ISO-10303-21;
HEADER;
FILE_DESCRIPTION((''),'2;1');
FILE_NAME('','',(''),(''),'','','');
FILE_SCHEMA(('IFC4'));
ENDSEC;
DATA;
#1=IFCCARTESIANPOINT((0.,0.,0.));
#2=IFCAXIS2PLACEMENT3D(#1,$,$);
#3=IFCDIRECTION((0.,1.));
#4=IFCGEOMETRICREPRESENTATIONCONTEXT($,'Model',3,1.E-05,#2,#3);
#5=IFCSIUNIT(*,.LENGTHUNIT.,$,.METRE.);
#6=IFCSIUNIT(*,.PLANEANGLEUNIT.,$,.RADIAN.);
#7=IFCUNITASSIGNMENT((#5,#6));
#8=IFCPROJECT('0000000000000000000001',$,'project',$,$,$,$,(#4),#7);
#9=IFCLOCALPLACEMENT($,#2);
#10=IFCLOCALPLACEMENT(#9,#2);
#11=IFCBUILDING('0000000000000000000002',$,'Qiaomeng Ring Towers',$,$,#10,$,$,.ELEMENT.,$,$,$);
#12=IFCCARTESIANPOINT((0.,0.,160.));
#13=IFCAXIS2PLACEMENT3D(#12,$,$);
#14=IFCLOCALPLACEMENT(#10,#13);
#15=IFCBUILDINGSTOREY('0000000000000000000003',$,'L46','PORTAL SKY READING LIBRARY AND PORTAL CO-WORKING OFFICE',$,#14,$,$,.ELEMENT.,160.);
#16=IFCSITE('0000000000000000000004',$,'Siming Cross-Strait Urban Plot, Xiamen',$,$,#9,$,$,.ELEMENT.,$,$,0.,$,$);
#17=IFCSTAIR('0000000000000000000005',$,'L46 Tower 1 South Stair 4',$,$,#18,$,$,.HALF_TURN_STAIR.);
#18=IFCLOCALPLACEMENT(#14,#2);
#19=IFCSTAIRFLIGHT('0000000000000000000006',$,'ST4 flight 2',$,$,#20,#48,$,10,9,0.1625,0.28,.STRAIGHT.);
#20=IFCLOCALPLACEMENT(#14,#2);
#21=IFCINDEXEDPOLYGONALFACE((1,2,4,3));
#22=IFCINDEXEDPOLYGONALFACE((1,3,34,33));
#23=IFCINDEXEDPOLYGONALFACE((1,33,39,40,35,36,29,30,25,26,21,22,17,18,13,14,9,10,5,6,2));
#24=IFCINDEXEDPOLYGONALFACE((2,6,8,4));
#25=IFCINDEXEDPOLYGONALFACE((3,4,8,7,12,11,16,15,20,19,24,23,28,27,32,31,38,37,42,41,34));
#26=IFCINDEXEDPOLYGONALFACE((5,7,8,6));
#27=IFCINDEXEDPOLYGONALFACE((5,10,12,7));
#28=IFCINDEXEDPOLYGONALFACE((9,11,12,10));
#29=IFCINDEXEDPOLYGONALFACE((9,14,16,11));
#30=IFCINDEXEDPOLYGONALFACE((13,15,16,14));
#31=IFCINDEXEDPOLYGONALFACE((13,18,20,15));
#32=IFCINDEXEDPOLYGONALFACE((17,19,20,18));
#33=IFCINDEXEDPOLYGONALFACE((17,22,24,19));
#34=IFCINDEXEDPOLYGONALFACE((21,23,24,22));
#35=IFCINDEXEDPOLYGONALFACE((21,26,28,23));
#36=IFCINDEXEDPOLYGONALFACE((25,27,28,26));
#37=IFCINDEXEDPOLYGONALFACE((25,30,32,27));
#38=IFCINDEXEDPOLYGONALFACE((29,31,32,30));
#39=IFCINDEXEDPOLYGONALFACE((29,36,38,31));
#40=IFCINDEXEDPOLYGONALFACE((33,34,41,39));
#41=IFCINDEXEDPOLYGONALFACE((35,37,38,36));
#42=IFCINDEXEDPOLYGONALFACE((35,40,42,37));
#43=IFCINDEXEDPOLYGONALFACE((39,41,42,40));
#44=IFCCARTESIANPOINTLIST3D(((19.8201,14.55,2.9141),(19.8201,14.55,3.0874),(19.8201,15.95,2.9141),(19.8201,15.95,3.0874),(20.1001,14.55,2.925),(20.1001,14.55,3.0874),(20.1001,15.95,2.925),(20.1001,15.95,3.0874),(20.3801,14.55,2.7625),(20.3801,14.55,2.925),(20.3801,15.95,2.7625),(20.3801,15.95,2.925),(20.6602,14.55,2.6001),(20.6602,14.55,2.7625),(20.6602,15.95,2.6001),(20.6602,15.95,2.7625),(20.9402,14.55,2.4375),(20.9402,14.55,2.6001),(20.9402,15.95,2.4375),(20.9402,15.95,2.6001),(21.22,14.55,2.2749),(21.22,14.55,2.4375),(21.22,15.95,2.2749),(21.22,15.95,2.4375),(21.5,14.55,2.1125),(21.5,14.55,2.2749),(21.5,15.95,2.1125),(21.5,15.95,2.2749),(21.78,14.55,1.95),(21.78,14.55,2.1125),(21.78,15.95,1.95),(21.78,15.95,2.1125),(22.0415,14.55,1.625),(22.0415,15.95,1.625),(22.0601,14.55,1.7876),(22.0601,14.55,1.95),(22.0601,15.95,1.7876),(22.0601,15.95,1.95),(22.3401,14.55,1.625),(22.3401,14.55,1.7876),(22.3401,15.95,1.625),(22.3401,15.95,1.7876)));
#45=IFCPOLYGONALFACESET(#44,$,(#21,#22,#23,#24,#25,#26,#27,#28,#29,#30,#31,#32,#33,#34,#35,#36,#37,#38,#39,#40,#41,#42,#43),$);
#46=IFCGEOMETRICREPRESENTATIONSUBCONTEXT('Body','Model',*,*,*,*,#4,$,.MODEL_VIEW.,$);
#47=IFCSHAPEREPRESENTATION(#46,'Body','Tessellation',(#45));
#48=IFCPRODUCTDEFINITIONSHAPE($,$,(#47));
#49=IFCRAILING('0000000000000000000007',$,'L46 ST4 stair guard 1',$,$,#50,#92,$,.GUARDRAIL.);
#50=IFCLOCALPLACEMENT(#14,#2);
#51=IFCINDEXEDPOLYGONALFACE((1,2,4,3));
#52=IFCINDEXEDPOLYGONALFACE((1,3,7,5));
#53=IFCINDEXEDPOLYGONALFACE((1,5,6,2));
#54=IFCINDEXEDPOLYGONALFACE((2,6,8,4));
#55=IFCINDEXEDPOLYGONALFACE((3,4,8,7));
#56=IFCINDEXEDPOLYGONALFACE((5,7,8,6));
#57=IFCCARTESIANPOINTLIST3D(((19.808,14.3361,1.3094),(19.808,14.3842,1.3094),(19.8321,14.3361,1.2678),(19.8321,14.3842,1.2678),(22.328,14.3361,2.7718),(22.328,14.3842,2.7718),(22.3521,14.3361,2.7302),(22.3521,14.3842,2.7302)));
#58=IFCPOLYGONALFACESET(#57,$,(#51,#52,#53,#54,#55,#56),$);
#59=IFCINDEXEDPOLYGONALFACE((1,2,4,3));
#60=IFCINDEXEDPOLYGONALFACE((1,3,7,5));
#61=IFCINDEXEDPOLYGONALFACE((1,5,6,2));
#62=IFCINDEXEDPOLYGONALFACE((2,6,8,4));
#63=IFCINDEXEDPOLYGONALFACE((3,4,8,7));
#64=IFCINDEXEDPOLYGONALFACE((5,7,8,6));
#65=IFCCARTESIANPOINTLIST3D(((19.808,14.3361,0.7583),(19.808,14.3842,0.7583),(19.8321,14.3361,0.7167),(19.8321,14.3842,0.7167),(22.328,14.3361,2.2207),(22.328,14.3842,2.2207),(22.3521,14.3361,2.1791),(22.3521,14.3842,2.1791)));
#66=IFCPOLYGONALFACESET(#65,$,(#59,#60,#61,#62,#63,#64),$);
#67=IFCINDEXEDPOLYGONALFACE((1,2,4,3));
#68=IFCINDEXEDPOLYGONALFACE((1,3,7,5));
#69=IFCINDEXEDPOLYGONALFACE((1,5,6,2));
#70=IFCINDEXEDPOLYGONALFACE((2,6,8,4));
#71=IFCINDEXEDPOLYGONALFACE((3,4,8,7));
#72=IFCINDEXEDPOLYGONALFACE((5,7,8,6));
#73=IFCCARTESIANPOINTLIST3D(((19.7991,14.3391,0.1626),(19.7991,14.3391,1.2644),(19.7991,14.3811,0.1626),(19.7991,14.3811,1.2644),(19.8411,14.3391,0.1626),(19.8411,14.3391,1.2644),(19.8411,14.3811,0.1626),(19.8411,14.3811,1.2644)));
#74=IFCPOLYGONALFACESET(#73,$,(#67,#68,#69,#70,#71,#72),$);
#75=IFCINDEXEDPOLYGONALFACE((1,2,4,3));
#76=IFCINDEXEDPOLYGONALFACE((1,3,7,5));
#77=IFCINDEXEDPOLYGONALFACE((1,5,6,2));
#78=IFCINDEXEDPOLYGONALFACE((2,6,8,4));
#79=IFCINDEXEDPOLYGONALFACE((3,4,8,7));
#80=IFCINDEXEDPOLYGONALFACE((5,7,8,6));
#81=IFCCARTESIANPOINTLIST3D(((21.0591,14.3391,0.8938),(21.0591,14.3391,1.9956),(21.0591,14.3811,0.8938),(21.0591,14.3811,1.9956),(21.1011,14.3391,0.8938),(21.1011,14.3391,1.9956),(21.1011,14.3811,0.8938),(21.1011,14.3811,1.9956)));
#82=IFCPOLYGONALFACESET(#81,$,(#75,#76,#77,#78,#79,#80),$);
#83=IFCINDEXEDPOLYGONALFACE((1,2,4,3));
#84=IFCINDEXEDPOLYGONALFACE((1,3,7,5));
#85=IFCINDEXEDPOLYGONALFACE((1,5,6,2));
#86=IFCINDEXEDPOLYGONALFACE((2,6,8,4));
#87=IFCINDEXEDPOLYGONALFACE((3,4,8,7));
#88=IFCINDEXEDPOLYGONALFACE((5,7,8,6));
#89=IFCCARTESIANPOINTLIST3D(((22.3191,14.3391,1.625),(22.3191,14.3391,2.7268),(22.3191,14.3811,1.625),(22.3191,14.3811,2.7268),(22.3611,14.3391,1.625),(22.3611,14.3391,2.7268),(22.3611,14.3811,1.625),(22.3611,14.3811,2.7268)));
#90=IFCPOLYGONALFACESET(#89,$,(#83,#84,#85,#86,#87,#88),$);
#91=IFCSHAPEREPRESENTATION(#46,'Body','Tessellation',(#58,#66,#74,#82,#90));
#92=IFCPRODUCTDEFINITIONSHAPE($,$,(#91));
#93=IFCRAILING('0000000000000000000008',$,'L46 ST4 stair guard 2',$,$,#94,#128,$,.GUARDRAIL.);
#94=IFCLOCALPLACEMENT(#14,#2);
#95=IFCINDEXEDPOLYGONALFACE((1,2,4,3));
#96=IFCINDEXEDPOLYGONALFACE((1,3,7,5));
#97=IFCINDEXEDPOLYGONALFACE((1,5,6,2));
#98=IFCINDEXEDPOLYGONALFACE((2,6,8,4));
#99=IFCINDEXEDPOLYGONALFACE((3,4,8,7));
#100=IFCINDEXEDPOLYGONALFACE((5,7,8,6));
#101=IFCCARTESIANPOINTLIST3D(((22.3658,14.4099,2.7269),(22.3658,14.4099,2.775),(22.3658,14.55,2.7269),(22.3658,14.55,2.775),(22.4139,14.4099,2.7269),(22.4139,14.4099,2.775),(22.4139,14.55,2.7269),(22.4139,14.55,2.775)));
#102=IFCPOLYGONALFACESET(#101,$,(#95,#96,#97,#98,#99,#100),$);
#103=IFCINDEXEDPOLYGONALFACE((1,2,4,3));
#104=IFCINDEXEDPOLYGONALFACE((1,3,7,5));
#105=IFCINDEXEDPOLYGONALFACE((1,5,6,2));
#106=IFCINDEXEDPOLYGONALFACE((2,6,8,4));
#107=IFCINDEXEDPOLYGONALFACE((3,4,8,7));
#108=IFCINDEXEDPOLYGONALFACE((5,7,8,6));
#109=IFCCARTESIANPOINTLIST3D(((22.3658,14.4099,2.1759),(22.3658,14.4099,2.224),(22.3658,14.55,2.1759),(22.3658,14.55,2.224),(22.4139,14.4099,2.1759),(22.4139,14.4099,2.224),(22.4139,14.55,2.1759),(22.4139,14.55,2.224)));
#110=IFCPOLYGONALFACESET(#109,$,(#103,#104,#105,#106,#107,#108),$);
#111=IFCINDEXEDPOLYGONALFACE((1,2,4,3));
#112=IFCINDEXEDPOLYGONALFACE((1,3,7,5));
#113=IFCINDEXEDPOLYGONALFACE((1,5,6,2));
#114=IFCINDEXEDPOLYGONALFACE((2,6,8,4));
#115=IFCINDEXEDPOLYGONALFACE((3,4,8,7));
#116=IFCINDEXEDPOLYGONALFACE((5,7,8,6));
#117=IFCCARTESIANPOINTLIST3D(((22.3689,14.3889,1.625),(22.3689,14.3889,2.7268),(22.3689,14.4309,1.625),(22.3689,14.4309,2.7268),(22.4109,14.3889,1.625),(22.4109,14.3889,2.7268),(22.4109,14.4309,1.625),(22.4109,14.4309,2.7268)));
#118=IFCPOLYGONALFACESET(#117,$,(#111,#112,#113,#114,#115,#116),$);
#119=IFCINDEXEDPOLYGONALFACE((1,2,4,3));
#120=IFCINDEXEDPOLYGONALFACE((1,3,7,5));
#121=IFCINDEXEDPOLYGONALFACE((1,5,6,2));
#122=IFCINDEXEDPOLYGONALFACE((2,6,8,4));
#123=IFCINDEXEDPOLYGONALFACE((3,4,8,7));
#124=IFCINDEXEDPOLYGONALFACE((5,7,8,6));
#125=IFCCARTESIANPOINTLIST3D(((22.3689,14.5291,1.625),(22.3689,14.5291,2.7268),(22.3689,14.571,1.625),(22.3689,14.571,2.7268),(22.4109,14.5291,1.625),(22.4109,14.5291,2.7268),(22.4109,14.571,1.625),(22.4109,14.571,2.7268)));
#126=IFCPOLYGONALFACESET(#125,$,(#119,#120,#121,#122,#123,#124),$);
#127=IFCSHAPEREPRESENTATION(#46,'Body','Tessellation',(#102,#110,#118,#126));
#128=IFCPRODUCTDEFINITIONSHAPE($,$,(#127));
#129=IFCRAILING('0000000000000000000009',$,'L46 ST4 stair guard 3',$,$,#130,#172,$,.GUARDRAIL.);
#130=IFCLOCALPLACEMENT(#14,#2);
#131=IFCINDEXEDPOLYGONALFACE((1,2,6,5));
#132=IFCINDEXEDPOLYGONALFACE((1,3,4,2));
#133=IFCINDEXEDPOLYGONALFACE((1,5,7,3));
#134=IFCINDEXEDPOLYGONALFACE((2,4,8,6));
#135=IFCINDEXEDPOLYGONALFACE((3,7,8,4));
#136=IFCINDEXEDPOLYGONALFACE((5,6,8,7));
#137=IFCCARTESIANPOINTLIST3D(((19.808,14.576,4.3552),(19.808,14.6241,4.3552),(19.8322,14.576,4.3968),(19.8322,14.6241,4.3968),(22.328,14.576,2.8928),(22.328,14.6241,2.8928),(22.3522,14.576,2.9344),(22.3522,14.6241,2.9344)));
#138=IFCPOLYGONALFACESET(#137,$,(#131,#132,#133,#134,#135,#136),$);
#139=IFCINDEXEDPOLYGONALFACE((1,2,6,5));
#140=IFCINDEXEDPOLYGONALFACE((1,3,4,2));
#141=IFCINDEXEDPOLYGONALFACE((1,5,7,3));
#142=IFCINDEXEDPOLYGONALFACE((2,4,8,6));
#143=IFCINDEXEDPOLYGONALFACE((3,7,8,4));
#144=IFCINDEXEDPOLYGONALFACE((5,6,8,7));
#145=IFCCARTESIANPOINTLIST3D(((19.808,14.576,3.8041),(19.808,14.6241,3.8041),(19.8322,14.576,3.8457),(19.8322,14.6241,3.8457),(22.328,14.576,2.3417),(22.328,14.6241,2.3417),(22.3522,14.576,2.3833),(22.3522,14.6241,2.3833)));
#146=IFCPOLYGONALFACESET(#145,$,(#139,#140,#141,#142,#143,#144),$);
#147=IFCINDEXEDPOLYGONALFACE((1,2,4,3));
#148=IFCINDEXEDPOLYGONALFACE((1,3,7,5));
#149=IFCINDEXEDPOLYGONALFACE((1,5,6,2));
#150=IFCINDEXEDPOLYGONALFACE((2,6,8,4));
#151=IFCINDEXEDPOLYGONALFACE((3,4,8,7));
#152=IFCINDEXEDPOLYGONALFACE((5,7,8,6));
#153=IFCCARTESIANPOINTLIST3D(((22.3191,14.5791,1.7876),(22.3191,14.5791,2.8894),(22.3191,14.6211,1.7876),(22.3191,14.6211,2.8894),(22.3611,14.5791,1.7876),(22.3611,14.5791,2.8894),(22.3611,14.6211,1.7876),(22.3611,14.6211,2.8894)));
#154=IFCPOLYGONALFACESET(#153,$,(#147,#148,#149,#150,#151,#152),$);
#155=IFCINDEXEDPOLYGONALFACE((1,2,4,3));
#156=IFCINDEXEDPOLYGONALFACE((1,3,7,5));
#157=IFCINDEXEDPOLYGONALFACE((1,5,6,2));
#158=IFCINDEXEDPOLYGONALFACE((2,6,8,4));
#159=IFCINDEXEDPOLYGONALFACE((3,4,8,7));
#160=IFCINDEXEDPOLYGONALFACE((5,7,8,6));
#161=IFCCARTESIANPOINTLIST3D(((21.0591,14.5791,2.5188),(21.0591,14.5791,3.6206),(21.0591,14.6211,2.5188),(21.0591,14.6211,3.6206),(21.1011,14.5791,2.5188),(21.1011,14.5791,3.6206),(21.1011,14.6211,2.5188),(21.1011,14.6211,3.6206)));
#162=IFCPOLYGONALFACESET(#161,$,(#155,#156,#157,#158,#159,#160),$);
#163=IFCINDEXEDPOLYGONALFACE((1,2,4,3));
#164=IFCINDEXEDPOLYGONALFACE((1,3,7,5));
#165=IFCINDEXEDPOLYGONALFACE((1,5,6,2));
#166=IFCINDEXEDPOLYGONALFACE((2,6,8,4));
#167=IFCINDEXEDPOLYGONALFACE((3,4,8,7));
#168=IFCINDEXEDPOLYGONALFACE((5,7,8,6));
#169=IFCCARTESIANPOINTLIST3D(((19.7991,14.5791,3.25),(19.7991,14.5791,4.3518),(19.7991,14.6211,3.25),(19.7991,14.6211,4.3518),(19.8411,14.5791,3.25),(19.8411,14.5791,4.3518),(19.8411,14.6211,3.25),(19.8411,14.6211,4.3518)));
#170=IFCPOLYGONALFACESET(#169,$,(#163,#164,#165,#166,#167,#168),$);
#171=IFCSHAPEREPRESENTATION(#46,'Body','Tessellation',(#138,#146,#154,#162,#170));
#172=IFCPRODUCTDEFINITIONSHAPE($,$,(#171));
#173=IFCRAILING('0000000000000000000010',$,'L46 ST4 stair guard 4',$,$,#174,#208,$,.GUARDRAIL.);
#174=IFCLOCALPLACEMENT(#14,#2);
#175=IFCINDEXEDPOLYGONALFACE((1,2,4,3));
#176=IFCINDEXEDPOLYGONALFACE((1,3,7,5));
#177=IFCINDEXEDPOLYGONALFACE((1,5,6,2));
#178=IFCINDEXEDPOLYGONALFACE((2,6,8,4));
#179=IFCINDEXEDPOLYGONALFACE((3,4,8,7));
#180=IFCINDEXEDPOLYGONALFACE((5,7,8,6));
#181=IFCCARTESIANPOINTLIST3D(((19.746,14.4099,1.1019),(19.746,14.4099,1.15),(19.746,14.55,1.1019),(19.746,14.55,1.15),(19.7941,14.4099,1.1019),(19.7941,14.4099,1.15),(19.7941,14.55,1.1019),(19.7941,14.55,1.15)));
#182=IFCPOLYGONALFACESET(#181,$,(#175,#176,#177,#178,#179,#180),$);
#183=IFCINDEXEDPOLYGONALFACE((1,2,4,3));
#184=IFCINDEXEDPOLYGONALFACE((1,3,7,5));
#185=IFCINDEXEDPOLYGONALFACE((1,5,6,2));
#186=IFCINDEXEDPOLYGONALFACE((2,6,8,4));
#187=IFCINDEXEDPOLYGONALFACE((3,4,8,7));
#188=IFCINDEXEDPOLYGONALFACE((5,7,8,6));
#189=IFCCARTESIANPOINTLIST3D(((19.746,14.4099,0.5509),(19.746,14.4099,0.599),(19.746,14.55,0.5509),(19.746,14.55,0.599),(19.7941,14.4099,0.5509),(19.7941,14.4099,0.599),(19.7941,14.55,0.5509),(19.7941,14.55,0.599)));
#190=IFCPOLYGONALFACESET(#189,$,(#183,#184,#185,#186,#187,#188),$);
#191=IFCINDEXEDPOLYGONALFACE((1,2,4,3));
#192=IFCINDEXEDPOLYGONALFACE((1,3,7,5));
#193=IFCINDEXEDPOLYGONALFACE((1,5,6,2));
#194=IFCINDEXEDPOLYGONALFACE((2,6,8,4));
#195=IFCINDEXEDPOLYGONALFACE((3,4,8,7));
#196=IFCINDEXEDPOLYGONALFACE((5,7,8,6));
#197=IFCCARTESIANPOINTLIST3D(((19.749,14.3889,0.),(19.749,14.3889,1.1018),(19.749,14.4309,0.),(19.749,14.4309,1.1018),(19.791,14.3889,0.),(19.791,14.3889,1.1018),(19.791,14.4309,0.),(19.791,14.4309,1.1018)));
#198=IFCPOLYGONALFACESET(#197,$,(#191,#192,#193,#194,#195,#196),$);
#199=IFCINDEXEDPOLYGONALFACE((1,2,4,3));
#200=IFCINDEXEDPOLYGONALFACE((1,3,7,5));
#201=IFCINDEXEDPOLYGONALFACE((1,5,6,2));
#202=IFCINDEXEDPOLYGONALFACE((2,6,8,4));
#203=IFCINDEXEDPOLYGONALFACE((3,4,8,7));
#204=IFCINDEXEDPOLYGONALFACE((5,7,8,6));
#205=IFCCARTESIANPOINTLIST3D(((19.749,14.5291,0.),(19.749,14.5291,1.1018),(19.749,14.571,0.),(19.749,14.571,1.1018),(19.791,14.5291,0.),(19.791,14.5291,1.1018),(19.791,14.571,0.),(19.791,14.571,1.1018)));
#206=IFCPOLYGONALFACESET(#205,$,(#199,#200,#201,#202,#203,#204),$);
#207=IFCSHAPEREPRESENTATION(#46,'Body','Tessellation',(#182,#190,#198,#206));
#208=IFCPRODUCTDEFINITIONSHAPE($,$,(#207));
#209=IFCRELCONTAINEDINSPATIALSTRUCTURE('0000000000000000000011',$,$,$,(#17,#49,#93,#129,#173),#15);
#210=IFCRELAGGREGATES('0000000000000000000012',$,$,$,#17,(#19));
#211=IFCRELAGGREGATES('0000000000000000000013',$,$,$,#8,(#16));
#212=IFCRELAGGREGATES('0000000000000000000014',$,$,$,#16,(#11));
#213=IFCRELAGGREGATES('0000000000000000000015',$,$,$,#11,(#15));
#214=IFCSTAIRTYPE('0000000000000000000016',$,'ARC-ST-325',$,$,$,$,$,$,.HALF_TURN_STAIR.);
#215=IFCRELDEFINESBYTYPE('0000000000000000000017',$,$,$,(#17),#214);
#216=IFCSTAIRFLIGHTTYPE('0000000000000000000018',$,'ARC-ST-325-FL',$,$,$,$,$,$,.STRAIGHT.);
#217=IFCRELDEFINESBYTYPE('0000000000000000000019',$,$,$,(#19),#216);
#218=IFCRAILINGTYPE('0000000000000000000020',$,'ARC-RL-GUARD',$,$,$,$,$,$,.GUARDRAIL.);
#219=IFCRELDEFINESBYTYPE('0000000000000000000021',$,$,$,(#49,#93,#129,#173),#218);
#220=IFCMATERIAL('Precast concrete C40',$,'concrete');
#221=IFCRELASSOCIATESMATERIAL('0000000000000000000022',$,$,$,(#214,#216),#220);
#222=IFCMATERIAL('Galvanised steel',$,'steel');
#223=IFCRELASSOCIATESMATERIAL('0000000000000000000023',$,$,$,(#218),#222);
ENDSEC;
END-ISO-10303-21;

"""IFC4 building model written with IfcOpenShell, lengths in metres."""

from ifc_helpers import new_model, si_unit, direction, frame, origin, origin_2d, place, context, subcontext, project, spatial, polyline, rectangle, outline, extrude, source, transform, mapped, material, type_object, element, aggregate, save


model = new_model("IFC4")

# Units and contexts
model_context = context("Model", 3, precision=1e-05, world=origin(), true_north=direction((0.0, 1.0)))
body_context = subcontext(model_context, "Body", "Model", "MODEL_VIEW")
ifc_project = project(units=[si_unit("LENGTHUNIT", "METRE"), si_unit("PLANEANGLEUNIT", "RADIAN")], contexts=[model_context])

# Site, building, storey
site_placement = place(None, origin())
site = spatial("IfcSite", under=ifc_project, at=site_placement, Name="Siming Cross-Strait Urban Plot, Xiamen", CompositionType="ELEMENT", RefElevation=0.0)
building_placement = place(site_placement, origin())
building = spatial("IfcBuilding", under=site, at=building_placement, Name="Qiaomeng Ring Towers", CompositionType="ELEMENT")
storey_placement = place(building_placement, frame((0.0, 0.0, 160.0)))
storey = spatial("IfcBuildingStorey", under=building, at=storey_placement, Name="L46", Description="PORTAL SKY READING LIBRARY AND PORTAL CO-WORKING OFFICE", CompositionType="ELEMENT", Elevation=160.0)

# Shared definitions
ifc_material_1 = material(Name="Galvanised steel", Category="steel")

# Stair, stair flight
ifc_material_2 = material(Name="Precast concrete C40", Category="concrete")
stair_type = type_object("IfcStairType", Name="ARC-ST-325", PredefinedType="HALF_TURN_STAIR", material=ifc_material_2)
stair_placement = place(storey_placement, origin())
stair = element("IfcStair", 1, at=stair_placement, inside=storey, type_object=stair_type, Name="L46 Tower 1 South Stair 4", PredefinedType="HALF_TURN_STAIR")
stair_flight_type = type_object("IfcStairFlightType", Name="ARC-ST-325-FL", PredefinedType="STRAIGHT", material=ifc_material_2)
shared_shape_1 = source(origin(), body_context, "Body", "SweptSolid", [
    extrude(outline(polyline([(0.0, 0.0), (0.0, 0.1626), (0.28, 0.1626), (0.28, 0.325), (0.5601, 0.325), (0.5601, 0.4875), (0.8401, 0.4875), (0.8401, 0.6499), (1.1201, 0.6499), (1.1201, 0.8125), (1.3999, 0.8125), (1.3999, 0.9751), (1.6799, 0.9751), (1.6799, 1.1375), (1.96, 1.1375), (1.96, 1.3), (2.24, 1.3), (2.24, 1.4624), (2.52, 1.4624), (2.52, 1.625), (2.52, 1.2891), (0.2986, 0.0), (0.0, 0.0)])), frame((0.0, 0.7, 0.0), z_axis=(0.0, -1.0, 0.0), x_axis=(1.0, 0.0, 0.0)), (0.0, 0.0, 1.0), 1.3999),
])
stair_flight_1_placement = place(storey_placement, frame((22.3401, 15.25, 1.625), z_axis=(0.0, 0.0, 1.0), x_axis=(-1.0, 0.0, 0.0)))
stair_flight_1 = element("IfcStairFlight", 2, at=stair_flight_1_placement, type_object=stair_flight_type, Name="ST4 flight 2", NumberOfRisers=10, NumberOfTreads=9, PredefinedType="STRAIGHT", RiserHeight=0.1625, TreadLength=0.28, context=body_context, shape_type="MappedRepresentation", body=[
    mapped(shared_shape_1, transform((0.0, 0.0, 0.0), x_axis=(1.0, 0.0, 0.0), y_axis=(0.0, 1.0, 0.0), z_axis=(0.0, 0.0, 1.0), scale=1.0)),
])
aggregate(stair, [stair_flight_1])

# Railings
railing_type_1 = type_object("IfcRailingType", Name="ARC-RL-GUARD", PredefinedType="GUARDRAIL", material=ifc_material_1)
railing_1_placement = place(storey_placement, frame((19.8201, 14.3601, 0.1626)))
element("IfcRailing", 3, at=railing_1_placement, inside=storey, type_object=railing_type_1, Name="L46 ST4 stair guard 1", PredefinedType="GUARDRAIL", context=body_context, shape_type="SweptSolid", body=[
    extrude(rectangle(XDim=0.0481, YDim=0.0481, at=origin_2d()), frame((0.0, 0.0, 1.126), z_axis=(0.864913, 0.0, 0.501921), x_axis=(0.0, 1.0, 0.0)), (0.0, 0.0, 1.0), 2.9136),
    extrude(rectangle(XDim=0.0481, YDim=0.0481, at=origin_2d()), frame((0.0, 0.0, 0.575), z_axis=(0.864913, 0.0, 0.501921), x_axis=(0.0, 1.0, 0.0)), (0.0, 0.0, 1.0), 2.9136),
    extrude(rectangle(XDim=0.042, YDim=0.042, at=origin_2d()), origin(), (0.0, 0.0, 1.0), 1.1018),
    extrude(rectangle(XDim=0.042, YDim=0.042, at=origin_2d()), frame((1.26, 0.0, 0.7312)), (0.0, 0.0, 1.0), 1.1018),
    extrude(rectangle(XDim=0.042, YDim=0.042, at=origin_2d()), frame((2.52, 0.0, 1.4624)), (0.0, 0.0, 1.0), 1.1018),
])
railing_2_placement = place(storey_placement, frame((22.3899, 14.4099, 1.625)))
element("IfcRailing", 4, at=railing_2_placement, inside=storey, type_object=railing_type_1, Name="L46 ST4 stair guard 2", PredefinedType="GUARDRAIL", context=body_context, shape_type="SweptSolid", body=[
    extrude(rectangle(XDim=0.0481, YDim=0.0481, at=origin_2d()), frame((0.0, 0.0, 1.126), z_axis=(0.0, 1.0, 0.0), x_axis=(-1.0, 0.0, 0.0)), (0.0, 0.0, 1.0), 0.1401),
    extrude(rectangle(XDim=0.0481, YDim=0.0481, at=origin_2d()), frame((0.0, 0.0, 0.575), z_axis=(0.0, 1.0, 0.0), x_axis=(-1.0, 0.0, 0.0)), (0.0, 0.0, 1.0), 0.1401),
    extrude(rectangle(XDim=0.042, YDim=0.042, at=origin_2d()), origin(), (0.0, 0.0, 1.0), 1.1018),
    extrude(rectangle(XDim=0.042, YDim=0.042, at=origin_2d()), frame((0.0, 0.1401, 0.0)), (0.0, 0.0, 1.0), 1.1018),
])
railing_3_placement = place(storey_placement, frame((22.3401, 14.6001, 1.7876)))
element("IfcRailing", 5, at=railing_3_placement, inside=storey, type_object=railing_type_1, Name="L46 ST4 stair guard 3", PredefinedType="GUARDRAIL", context=body_context, shape_type="SweptSolid", body=[
    extrude(rectangle(XDim=0.0481, YDim=0.0481, at=origin_2d()), frame((0.0, 0.0, 1.126), z_axis=(-0.864913, 0.0, 0.501921), x_axis=(0.0, -1.0, 0.0)), (0.0, 0.0, 1.0), 2.9136),
    extrude(rectangle(XDim=0.0481, YDim=0.0481, at=origin_2d()), frame((0.0, 0.0, 0.575), z_axis=(-0.864913, 0.0, 0.501921), x_axis=(0.0, -1.0, 0.0)), (0.0, 0.0, 1.0), 2.9136),
    extrude(rectangle(XDim=0.042, YDim=0.042, at=origin_2d()), origin(), (0.0, 0.0, 1.0), 1.1018),
    extrude(rectangle(XDim=0.042, YDim=0.042, at=origin_2d()), frame((-1.26, 0.0, 0.7312)), (0.0, 0.0, 1.0), 1.1018),
    extrude(rectangle(XDim=0.042, YDim=0.042, at=origin_2d()), frame((-2.52, 0.0, 1.4624)), (0.0, 0.0, 1.0), 1.1018),
])
railing_4_placement = place(storey_placement, frame((19.77, 14.4099, 0.0)))
element("IfcRailing", 6, at=railing_4_placement, inside=storey, type_object=railing_type_1, Name="L46 ST4 stair guard 4", PredefinedType="GUARDRAIL", context=body_context, shape_type="SweptSolid", body=[
    extrude(rectangle(XDim=0.0481, YDim=0.0481, at=origin_2d()), frame((0.0, 0.0, 1.126), z_axis=(0.0, 1.0, 0.0), x_axis=(-1.0, 0.0, 0.0)), (0.0, 0.0, 1.0), 0.1401),
    extrude(rectangle(XDim=0.0481, YDim=0.0481, at=origin_2d()), frame((0.0, 0.0, 0.575), z_axis=(0.0, 1.0, 0.0), x_axis=(-1.0, 0.0, 0.0)), (0.0, 0.0, 1.0), 0.1401),
    extrude(rectangle(XDim=0.042, YDim=0.042, at=origin_2d()), origin(), (0.0, 0.0, 1.0), 1.1018),
    extrude(rectangle(XDim=0.042, YDim=0.042, at=origin_2d()), frame((0.0, 0.1401, 0.0)), (0.0, 0.0, 1.0), 1.1018),
])

save(model, "model.ifc")
